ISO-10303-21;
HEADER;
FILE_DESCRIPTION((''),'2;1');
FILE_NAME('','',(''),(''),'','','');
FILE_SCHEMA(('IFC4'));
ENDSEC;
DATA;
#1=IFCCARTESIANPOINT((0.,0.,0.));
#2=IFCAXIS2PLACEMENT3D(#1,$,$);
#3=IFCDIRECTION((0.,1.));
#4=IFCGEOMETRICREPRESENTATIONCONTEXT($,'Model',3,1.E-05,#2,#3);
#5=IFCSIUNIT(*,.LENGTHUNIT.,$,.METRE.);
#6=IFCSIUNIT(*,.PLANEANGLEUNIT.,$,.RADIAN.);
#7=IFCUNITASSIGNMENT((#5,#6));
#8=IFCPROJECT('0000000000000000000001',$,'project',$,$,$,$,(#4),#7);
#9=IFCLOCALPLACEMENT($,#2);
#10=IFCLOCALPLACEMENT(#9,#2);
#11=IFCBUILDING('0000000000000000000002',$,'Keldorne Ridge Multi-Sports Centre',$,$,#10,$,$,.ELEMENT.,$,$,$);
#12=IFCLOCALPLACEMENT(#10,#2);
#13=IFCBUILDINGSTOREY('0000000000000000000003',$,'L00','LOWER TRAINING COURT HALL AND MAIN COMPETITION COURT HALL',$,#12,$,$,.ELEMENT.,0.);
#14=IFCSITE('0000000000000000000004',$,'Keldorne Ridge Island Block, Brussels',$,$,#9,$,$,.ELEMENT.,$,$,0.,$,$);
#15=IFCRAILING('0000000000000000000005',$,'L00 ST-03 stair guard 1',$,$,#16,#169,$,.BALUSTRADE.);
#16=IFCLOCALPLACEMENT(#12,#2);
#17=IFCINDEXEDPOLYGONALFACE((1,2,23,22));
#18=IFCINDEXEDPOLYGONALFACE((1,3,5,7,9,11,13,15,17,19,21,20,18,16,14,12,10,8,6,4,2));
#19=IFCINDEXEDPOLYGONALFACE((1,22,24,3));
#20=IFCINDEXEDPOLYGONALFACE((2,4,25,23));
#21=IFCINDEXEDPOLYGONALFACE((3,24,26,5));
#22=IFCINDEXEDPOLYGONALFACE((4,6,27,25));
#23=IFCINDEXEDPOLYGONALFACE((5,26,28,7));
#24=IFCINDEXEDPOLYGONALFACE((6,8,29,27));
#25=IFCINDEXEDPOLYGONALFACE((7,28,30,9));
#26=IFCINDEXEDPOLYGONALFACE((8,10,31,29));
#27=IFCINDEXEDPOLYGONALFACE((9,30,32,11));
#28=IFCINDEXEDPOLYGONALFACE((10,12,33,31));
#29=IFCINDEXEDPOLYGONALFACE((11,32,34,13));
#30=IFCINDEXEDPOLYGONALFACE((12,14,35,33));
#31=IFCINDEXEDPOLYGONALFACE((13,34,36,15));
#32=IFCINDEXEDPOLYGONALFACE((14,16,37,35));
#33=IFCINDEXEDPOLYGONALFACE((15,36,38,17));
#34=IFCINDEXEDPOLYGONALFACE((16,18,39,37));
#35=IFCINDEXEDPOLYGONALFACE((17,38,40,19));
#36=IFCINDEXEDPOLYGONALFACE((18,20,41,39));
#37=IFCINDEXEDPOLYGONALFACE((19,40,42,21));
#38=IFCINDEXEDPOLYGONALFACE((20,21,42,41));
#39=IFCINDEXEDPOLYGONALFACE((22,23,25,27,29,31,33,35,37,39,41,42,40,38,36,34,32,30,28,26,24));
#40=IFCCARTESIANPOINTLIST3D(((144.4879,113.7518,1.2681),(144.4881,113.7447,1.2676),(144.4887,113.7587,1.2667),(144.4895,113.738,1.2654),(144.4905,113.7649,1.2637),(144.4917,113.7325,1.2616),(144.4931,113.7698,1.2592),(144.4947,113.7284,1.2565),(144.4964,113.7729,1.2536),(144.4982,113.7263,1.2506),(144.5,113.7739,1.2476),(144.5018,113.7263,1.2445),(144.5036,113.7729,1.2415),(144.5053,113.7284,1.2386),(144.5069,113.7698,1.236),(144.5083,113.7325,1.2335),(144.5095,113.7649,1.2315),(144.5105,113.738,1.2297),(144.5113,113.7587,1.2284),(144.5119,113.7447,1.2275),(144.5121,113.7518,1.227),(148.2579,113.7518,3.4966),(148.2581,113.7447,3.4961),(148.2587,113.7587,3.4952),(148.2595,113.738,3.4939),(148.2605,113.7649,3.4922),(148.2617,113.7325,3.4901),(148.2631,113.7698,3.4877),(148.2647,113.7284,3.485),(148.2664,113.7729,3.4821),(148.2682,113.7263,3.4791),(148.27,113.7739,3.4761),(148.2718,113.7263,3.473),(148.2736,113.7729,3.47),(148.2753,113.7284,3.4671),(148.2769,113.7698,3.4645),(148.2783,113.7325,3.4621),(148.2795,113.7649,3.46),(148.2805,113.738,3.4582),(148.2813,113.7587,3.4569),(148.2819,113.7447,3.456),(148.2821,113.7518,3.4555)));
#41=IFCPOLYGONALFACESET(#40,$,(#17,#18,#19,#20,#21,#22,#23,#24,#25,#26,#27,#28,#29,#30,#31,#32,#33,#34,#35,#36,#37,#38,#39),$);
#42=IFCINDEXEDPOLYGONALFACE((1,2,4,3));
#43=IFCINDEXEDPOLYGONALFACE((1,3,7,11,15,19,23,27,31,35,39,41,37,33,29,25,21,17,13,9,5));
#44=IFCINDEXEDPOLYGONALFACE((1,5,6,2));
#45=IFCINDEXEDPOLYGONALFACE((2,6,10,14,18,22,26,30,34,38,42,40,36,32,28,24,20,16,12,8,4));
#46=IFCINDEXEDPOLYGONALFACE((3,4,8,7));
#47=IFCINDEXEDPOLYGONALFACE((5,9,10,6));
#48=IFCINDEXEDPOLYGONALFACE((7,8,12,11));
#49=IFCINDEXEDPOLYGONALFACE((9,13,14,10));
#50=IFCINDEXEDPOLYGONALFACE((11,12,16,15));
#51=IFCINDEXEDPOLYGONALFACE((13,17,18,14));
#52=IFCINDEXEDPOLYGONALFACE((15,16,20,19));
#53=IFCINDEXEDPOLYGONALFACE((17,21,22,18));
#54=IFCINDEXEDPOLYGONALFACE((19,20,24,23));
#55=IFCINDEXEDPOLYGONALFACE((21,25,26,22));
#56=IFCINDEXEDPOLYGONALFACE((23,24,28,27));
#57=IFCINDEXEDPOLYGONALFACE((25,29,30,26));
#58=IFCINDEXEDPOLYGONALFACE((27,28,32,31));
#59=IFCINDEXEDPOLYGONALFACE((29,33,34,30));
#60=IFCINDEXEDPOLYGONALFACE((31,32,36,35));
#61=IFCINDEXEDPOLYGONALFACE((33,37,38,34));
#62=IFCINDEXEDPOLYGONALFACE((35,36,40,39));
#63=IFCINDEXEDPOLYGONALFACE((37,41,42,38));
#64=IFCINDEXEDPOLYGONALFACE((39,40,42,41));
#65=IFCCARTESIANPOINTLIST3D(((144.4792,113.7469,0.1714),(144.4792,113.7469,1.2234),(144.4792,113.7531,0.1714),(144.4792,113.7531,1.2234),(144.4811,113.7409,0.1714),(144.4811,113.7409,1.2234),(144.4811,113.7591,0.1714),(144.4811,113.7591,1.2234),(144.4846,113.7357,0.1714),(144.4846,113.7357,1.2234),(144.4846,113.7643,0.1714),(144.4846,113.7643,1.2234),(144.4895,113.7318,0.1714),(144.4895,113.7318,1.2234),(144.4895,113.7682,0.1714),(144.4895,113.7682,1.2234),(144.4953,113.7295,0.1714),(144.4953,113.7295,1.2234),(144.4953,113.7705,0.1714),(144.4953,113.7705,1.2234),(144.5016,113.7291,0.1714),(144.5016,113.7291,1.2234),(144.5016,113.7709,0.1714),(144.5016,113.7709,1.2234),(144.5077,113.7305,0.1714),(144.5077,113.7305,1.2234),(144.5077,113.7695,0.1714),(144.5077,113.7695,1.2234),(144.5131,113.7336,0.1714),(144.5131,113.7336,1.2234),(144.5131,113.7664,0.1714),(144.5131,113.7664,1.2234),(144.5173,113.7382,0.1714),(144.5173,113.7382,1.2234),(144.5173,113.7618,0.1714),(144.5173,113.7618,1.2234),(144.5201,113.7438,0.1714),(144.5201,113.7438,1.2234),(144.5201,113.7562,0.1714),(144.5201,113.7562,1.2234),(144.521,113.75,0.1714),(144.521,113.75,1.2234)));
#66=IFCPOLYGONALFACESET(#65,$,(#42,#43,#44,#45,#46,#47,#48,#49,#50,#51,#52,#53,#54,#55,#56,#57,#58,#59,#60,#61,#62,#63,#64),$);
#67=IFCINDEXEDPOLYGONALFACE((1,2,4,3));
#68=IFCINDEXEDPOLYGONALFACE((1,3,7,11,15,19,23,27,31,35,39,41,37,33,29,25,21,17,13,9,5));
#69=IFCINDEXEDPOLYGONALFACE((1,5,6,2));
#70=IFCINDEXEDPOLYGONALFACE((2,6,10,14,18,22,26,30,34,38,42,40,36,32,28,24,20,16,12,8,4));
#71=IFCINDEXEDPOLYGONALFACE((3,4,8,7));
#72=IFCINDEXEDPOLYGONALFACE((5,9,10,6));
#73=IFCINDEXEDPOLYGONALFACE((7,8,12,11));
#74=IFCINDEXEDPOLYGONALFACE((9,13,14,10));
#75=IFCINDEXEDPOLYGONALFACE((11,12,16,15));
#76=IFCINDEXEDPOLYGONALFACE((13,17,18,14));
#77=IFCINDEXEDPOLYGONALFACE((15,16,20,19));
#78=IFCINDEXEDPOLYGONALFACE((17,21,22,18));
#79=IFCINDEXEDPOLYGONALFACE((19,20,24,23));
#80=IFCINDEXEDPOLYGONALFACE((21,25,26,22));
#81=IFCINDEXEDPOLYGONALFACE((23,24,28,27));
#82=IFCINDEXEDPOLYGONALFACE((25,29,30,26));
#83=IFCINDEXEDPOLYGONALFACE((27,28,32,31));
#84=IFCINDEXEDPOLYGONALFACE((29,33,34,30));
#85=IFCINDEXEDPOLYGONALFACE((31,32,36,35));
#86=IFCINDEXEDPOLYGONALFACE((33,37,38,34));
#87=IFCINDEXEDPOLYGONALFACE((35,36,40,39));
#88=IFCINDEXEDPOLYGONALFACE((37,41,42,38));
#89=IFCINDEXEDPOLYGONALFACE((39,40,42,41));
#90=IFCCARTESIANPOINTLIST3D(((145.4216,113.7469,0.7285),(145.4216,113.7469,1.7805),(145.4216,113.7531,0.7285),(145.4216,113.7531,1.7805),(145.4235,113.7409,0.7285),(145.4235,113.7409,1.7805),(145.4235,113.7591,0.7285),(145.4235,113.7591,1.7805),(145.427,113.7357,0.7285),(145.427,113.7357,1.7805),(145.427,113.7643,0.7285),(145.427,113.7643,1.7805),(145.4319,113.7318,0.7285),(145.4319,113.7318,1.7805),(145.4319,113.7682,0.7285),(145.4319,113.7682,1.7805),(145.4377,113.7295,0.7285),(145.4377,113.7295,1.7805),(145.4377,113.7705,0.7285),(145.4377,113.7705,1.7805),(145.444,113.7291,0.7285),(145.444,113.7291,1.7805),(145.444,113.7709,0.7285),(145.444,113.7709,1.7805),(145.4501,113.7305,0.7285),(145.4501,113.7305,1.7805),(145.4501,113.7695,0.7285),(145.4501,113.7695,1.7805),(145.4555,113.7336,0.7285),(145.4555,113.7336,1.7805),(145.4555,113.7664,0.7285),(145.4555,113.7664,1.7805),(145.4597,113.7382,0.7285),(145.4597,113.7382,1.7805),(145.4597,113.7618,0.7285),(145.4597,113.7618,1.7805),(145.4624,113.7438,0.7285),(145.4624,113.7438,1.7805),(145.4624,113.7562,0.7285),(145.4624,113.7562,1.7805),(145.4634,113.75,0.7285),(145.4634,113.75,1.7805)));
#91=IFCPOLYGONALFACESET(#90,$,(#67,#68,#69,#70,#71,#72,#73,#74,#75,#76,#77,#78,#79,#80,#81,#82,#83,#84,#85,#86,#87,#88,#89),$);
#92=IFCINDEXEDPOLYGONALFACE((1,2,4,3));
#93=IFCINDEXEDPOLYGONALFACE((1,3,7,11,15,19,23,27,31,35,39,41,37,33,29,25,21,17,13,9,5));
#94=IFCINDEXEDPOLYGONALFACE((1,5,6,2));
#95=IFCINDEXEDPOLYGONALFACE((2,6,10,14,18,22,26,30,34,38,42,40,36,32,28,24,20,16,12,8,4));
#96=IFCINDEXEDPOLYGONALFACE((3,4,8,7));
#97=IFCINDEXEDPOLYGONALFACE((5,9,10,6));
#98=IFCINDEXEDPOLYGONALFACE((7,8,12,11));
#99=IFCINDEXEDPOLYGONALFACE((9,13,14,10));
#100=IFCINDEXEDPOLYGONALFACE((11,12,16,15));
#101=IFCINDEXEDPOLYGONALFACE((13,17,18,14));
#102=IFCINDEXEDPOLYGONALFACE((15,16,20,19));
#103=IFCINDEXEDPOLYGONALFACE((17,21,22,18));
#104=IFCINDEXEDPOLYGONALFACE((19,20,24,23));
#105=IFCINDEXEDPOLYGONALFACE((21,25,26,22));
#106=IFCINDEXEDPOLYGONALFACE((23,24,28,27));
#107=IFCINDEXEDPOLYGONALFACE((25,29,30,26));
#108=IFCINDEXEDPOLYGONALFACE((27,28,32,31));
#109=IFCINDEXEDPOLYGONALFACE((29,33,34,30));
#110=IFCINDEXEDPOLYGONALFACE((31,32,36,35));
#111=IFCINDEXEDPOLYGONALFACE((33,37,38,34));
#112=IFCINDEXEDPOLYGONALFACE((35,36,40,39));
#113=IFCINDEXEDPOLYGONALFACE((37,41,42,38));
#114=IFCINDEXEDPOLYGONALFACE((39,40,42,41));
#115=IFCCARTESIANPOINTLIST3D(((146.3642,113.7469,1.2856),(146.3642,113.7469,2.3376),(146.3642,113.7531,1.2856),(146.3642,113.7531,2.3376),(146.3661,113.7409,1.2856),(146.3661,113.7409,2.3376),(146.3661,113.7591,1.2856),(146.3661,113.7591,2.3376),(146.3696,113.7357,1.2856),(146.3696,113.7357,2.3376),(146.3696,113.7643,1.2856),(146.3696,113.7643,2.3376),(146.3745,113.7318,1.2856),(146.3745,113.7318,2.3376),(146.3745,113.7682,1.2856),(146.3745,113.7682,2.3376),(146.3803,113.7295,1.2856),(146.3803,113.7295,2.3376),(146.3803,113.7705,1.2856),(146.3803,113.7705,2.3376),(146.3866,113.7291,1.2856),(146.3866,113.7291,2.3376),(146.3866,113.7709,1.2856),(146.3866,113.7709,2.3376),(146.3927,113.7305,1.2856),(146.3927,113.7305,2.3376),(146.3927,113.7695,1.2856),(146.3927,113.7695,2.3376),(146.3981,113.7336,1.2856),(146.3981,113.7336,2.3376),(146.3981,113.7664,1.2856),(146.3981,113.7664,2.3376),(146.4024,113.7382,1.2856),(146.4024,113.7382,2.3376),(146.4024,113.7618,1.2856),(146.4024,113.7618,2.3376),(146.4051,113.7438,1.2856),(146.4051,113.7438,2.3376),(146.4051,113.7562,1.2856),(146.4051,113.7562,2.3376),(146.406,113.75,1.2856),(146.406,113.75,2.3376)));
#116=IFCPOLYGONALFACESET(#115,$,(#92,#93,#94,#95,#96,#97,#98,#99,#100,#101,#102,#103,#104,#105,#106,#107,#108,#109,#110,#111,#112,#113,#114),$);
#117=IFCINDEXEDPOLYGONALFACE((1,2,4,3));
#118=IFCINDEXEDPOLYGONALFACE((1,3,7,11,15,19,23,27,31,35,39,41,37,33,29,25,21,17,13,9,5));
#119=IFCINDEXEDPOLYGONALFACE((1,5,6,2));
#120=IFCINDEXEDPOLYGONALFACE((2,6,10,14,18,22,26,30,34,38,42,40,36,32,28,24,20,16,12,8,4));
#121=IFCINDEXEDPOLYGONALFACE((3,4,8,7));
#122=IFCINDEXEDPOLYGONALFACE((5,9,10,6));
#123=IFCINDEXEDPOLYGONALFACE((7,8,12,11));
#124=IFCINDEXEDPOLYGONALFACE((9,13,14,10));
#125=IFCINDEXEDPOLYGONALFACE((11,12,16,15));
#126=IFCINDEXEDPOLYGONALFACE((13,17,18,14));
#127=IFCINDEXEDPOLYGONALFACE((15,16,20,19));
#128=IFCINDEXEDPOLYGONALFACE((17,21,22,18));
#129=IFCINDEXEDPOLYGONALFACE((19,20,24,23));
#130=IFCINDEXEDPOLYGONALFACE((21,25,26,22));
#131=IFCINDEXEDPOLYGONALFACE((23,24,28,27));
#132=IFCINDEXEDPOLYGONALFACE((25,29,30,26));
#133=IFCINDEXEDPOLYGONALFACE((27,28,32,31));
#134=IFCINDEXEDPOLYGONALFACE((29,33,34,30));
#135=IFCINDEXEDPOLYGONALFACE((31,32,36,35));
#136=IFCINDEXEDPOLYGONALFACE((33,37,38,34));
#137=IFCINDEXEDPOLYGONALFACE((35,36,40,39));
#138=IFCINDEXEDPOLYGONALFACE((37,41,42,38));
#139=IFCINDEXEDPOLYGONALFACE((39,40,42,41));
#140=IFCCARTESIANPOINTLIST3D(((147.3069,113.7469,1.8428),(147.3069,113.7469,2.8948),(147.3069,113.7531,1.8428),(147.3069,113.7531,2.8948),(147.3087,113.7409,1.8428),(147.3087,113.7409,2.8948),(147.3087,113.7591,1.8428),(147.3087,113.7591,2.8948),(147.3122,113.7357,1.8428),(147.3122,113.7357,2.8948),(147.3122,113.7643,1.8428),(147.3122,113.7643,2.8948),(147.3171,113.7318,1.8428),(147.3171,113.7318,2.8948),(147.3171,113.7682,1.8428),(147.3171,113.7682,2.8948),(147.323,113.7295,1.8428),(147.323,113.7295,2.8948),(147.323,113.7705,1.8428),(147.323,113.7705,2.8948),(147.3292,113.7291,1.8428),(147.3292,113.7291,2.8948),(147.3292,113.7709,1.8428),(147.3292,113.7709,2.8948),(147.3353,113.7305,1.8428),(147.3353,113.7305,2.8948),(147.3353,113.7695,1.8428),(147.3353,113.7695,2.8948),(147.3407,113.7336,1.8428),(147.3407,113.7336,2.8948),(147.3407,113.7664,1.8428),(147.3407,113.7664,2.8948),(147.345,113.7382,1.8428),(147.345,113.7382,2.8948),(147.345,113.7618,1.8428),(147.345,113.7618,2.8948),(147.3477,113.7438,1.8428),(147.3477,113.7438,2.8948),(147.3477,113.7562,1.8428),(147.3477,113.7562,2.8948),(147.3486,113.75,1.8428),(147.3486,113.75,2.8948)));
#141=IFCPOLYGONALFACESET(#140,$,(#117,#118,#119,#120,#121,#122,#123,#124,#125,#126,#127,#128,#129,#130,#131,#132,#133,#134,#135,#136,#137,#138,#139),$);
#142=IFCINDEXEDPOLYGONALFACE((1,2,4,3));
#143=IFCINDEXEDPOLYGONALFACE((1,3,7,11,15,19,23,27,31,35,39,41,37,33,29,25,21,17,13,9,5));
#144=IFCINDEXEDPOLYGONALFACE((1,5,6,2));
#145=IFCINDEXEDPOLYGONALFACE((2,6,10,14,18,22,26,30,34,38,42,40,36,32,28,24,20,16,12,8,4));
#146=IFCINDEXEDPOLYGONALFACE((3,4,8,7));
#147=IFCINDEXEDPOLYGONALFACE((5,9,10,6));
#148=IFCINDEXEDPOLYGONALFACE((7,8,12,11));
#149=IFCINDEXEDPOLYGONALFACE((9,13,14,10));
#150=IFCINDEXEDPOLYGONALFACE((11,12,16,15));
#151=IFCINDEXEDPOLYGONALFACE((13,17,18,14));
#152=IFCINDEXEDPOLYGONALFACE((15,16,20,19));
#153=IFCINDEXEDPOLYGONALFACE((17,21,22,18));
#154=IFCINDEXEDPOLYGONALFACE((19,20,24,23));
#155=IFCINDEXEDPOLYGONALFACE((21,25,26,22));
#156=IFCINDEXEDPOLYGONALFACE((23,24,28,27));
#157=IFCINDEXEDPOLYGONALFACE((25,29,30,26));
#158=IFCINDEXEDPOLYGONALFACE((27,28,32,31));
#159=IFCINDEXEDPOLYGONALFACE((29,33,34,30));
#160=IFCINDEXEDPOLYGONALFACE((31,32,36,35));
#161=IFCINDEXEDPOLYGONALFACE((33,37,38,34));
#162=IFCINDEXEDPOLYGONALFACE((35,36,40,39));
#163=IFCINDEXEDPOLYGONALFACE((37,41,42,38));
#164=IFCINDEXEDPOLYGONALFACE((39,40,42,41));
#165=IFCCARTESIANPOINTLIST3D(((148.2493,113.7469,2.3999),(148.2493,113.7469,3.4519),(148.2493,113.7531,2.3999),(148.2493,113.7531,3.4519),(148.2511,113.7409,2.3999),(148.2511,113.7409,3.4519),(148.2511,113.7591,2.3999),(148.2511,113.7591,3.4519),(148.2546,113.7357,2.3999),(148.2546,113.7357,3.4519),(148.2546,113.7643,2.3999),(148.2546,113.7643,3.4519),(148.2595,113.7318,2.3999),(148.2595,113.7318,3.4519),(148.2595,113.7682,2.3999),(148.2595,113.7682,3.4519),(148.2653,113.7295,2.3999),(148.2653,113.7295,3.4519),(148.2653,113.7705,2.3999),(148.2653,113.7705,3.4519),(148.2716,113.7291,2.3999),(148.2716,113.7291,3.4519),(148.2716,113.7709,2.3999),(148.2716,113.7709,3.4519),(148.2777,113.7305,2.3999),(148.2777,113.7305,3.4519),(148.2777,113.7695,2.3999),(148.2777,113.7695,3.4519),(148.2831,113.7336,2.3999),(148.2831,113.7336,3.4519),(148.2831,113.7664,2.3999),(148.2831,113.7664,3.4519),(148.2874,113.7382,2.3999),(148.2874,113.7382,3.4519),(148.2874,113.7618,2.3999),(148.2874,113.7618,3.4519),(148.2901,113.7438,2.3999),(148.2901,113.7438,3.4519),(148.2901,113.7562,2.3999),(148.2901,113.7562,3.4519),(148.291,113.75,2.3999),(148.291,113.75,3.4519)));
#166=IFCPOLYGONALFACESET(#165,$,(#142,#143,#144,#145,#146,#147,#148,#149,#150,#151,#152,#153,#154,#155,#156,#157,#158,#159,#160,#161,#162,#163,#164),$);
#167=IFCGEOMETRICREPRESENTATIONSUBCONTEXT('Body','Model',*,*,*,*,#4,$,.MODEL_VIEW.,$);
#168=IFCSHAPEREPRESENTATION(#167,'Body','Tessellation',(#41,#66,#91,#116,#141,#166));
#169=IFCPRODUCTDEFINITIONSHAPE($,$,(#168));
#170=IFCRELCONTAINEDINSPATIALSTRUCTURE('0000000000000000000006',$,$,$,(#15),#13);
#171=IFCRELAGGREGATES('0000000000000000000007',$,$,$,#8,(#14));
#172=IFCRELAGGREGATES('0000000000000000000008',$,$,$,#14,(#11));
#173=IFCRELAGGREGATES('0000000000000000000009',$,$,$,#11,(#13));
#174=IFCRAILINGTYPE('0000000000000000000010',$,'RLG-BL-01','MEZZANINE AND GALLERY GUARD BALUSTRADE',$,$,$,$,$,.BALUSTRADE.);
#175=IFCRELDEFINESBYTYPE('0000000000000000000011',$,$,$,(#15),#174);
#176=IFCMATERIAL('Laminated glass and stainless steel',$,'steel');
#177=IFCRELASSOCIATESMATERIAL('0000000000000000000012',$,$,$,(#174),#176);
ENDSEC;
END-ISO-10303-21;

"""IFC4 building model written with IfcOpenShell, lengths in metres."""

from ifc_helpers import new_model, si_unit, direction, frame, origin, origin_2d, place, context, subcontext, project, spatial, circle, extrude, material, type_object, element, save


model = new_model("IFC4")

# Units and contexts
model_context = context("Model", 3, precision=1e-05, world=origin(), true_north=direction((0.0, 1.0)))
body_context = subcontext(model_context, "Body", "Model", "MODEL_VIEW")
ifc_project = project(units=[si_unit("LENGTHUNIT", "METRE"), si_unit("PLANEANGLEUNIT", "RADIAN")], contexts=[model_context])

# Site, building, storey
site_placement = place(None, origin())
site = spatial("IfcSite", under=ifc_project, at=site_placement, Name="Keldorne Ridge Island Block, Brussels", CompositionType="ELEMENT", RefElevation=0.0)
building_placement = place(site_placement, origin())
building = spatial("IfcBuilding", under=site, at=building_placement, Name="Keldorne Ridge Multi-Sports Centre", CompositionType="ELEMENT")
storey_placement = place(building_placement, origin())
storey = spatial("IfcBuildingStorey", under=building, at=storey_placement, Name="L00", Description="LOWER TRAINING COURT HALL AND MAIN COMPETITION COURT HALL", CompositionType="ELEMENT", Elevation=0.0)

# Railing
ifc_material_1 = material(Name="Laminated glass and stainless steel", Category="steel")
railing_type_1 = type_object("IfcRailingType", Name="RLG-BL-01", Description="MEZZANINE AND GALLERY GUARD BALUSTRADE", PredefinedType="BALUSTRADE", material=ifc_material_1)
railing_1_placement = place(storey_placement, frame((144.5, 113.75, 0.1714)))
element("IfcRailing", 1, at=railing_1_placement, inside=storey, type_object=railing_type_1, Name="L00 ST-03 stair guard 1", PredefinedType="BALUSTRADE", context=body_context, shape_type="SweptSolid", body=[
    extrude(circle(Radius=0.0239, at=origin_2d()), frame((0.0, 0.0, 1.0762), z_axis=(0.860849, 0.0, 0.508861), x_axis=(0.0, 1.0, 0.0)), (0.0, 0.0, 1.0), 4.3794),
    extrude(circle(Radius=0.021, at=origin_2d()), origin(), (0.0, 0.0, 1.0), 1.052),
    extrude(circle(Radius=0.021, at=origin_2d()), frame((0.9424, 0.0, 0.5571)), (0.0, 0.0, 1.0), 1.052),
    extrude(circle(Radius=0.021, at=origin_2d()), frame((1.885, 0.0, 1.1143)), (0.0, 0.0, 1.0), 1.052),
    extrude(circle(Radius=0.021, at=origin_2d()), frame((2.8276, 0.0, 1.6714)), (0.0, 0.0, 1.0), 1.052),
    extrude(circle(Radius=0.021, at=origin_2d()), frame((3.77, 0.0, 2.2285)), (0.0, 0.0, 1.0), 1.052),
])

save(model, "model.ifc")
